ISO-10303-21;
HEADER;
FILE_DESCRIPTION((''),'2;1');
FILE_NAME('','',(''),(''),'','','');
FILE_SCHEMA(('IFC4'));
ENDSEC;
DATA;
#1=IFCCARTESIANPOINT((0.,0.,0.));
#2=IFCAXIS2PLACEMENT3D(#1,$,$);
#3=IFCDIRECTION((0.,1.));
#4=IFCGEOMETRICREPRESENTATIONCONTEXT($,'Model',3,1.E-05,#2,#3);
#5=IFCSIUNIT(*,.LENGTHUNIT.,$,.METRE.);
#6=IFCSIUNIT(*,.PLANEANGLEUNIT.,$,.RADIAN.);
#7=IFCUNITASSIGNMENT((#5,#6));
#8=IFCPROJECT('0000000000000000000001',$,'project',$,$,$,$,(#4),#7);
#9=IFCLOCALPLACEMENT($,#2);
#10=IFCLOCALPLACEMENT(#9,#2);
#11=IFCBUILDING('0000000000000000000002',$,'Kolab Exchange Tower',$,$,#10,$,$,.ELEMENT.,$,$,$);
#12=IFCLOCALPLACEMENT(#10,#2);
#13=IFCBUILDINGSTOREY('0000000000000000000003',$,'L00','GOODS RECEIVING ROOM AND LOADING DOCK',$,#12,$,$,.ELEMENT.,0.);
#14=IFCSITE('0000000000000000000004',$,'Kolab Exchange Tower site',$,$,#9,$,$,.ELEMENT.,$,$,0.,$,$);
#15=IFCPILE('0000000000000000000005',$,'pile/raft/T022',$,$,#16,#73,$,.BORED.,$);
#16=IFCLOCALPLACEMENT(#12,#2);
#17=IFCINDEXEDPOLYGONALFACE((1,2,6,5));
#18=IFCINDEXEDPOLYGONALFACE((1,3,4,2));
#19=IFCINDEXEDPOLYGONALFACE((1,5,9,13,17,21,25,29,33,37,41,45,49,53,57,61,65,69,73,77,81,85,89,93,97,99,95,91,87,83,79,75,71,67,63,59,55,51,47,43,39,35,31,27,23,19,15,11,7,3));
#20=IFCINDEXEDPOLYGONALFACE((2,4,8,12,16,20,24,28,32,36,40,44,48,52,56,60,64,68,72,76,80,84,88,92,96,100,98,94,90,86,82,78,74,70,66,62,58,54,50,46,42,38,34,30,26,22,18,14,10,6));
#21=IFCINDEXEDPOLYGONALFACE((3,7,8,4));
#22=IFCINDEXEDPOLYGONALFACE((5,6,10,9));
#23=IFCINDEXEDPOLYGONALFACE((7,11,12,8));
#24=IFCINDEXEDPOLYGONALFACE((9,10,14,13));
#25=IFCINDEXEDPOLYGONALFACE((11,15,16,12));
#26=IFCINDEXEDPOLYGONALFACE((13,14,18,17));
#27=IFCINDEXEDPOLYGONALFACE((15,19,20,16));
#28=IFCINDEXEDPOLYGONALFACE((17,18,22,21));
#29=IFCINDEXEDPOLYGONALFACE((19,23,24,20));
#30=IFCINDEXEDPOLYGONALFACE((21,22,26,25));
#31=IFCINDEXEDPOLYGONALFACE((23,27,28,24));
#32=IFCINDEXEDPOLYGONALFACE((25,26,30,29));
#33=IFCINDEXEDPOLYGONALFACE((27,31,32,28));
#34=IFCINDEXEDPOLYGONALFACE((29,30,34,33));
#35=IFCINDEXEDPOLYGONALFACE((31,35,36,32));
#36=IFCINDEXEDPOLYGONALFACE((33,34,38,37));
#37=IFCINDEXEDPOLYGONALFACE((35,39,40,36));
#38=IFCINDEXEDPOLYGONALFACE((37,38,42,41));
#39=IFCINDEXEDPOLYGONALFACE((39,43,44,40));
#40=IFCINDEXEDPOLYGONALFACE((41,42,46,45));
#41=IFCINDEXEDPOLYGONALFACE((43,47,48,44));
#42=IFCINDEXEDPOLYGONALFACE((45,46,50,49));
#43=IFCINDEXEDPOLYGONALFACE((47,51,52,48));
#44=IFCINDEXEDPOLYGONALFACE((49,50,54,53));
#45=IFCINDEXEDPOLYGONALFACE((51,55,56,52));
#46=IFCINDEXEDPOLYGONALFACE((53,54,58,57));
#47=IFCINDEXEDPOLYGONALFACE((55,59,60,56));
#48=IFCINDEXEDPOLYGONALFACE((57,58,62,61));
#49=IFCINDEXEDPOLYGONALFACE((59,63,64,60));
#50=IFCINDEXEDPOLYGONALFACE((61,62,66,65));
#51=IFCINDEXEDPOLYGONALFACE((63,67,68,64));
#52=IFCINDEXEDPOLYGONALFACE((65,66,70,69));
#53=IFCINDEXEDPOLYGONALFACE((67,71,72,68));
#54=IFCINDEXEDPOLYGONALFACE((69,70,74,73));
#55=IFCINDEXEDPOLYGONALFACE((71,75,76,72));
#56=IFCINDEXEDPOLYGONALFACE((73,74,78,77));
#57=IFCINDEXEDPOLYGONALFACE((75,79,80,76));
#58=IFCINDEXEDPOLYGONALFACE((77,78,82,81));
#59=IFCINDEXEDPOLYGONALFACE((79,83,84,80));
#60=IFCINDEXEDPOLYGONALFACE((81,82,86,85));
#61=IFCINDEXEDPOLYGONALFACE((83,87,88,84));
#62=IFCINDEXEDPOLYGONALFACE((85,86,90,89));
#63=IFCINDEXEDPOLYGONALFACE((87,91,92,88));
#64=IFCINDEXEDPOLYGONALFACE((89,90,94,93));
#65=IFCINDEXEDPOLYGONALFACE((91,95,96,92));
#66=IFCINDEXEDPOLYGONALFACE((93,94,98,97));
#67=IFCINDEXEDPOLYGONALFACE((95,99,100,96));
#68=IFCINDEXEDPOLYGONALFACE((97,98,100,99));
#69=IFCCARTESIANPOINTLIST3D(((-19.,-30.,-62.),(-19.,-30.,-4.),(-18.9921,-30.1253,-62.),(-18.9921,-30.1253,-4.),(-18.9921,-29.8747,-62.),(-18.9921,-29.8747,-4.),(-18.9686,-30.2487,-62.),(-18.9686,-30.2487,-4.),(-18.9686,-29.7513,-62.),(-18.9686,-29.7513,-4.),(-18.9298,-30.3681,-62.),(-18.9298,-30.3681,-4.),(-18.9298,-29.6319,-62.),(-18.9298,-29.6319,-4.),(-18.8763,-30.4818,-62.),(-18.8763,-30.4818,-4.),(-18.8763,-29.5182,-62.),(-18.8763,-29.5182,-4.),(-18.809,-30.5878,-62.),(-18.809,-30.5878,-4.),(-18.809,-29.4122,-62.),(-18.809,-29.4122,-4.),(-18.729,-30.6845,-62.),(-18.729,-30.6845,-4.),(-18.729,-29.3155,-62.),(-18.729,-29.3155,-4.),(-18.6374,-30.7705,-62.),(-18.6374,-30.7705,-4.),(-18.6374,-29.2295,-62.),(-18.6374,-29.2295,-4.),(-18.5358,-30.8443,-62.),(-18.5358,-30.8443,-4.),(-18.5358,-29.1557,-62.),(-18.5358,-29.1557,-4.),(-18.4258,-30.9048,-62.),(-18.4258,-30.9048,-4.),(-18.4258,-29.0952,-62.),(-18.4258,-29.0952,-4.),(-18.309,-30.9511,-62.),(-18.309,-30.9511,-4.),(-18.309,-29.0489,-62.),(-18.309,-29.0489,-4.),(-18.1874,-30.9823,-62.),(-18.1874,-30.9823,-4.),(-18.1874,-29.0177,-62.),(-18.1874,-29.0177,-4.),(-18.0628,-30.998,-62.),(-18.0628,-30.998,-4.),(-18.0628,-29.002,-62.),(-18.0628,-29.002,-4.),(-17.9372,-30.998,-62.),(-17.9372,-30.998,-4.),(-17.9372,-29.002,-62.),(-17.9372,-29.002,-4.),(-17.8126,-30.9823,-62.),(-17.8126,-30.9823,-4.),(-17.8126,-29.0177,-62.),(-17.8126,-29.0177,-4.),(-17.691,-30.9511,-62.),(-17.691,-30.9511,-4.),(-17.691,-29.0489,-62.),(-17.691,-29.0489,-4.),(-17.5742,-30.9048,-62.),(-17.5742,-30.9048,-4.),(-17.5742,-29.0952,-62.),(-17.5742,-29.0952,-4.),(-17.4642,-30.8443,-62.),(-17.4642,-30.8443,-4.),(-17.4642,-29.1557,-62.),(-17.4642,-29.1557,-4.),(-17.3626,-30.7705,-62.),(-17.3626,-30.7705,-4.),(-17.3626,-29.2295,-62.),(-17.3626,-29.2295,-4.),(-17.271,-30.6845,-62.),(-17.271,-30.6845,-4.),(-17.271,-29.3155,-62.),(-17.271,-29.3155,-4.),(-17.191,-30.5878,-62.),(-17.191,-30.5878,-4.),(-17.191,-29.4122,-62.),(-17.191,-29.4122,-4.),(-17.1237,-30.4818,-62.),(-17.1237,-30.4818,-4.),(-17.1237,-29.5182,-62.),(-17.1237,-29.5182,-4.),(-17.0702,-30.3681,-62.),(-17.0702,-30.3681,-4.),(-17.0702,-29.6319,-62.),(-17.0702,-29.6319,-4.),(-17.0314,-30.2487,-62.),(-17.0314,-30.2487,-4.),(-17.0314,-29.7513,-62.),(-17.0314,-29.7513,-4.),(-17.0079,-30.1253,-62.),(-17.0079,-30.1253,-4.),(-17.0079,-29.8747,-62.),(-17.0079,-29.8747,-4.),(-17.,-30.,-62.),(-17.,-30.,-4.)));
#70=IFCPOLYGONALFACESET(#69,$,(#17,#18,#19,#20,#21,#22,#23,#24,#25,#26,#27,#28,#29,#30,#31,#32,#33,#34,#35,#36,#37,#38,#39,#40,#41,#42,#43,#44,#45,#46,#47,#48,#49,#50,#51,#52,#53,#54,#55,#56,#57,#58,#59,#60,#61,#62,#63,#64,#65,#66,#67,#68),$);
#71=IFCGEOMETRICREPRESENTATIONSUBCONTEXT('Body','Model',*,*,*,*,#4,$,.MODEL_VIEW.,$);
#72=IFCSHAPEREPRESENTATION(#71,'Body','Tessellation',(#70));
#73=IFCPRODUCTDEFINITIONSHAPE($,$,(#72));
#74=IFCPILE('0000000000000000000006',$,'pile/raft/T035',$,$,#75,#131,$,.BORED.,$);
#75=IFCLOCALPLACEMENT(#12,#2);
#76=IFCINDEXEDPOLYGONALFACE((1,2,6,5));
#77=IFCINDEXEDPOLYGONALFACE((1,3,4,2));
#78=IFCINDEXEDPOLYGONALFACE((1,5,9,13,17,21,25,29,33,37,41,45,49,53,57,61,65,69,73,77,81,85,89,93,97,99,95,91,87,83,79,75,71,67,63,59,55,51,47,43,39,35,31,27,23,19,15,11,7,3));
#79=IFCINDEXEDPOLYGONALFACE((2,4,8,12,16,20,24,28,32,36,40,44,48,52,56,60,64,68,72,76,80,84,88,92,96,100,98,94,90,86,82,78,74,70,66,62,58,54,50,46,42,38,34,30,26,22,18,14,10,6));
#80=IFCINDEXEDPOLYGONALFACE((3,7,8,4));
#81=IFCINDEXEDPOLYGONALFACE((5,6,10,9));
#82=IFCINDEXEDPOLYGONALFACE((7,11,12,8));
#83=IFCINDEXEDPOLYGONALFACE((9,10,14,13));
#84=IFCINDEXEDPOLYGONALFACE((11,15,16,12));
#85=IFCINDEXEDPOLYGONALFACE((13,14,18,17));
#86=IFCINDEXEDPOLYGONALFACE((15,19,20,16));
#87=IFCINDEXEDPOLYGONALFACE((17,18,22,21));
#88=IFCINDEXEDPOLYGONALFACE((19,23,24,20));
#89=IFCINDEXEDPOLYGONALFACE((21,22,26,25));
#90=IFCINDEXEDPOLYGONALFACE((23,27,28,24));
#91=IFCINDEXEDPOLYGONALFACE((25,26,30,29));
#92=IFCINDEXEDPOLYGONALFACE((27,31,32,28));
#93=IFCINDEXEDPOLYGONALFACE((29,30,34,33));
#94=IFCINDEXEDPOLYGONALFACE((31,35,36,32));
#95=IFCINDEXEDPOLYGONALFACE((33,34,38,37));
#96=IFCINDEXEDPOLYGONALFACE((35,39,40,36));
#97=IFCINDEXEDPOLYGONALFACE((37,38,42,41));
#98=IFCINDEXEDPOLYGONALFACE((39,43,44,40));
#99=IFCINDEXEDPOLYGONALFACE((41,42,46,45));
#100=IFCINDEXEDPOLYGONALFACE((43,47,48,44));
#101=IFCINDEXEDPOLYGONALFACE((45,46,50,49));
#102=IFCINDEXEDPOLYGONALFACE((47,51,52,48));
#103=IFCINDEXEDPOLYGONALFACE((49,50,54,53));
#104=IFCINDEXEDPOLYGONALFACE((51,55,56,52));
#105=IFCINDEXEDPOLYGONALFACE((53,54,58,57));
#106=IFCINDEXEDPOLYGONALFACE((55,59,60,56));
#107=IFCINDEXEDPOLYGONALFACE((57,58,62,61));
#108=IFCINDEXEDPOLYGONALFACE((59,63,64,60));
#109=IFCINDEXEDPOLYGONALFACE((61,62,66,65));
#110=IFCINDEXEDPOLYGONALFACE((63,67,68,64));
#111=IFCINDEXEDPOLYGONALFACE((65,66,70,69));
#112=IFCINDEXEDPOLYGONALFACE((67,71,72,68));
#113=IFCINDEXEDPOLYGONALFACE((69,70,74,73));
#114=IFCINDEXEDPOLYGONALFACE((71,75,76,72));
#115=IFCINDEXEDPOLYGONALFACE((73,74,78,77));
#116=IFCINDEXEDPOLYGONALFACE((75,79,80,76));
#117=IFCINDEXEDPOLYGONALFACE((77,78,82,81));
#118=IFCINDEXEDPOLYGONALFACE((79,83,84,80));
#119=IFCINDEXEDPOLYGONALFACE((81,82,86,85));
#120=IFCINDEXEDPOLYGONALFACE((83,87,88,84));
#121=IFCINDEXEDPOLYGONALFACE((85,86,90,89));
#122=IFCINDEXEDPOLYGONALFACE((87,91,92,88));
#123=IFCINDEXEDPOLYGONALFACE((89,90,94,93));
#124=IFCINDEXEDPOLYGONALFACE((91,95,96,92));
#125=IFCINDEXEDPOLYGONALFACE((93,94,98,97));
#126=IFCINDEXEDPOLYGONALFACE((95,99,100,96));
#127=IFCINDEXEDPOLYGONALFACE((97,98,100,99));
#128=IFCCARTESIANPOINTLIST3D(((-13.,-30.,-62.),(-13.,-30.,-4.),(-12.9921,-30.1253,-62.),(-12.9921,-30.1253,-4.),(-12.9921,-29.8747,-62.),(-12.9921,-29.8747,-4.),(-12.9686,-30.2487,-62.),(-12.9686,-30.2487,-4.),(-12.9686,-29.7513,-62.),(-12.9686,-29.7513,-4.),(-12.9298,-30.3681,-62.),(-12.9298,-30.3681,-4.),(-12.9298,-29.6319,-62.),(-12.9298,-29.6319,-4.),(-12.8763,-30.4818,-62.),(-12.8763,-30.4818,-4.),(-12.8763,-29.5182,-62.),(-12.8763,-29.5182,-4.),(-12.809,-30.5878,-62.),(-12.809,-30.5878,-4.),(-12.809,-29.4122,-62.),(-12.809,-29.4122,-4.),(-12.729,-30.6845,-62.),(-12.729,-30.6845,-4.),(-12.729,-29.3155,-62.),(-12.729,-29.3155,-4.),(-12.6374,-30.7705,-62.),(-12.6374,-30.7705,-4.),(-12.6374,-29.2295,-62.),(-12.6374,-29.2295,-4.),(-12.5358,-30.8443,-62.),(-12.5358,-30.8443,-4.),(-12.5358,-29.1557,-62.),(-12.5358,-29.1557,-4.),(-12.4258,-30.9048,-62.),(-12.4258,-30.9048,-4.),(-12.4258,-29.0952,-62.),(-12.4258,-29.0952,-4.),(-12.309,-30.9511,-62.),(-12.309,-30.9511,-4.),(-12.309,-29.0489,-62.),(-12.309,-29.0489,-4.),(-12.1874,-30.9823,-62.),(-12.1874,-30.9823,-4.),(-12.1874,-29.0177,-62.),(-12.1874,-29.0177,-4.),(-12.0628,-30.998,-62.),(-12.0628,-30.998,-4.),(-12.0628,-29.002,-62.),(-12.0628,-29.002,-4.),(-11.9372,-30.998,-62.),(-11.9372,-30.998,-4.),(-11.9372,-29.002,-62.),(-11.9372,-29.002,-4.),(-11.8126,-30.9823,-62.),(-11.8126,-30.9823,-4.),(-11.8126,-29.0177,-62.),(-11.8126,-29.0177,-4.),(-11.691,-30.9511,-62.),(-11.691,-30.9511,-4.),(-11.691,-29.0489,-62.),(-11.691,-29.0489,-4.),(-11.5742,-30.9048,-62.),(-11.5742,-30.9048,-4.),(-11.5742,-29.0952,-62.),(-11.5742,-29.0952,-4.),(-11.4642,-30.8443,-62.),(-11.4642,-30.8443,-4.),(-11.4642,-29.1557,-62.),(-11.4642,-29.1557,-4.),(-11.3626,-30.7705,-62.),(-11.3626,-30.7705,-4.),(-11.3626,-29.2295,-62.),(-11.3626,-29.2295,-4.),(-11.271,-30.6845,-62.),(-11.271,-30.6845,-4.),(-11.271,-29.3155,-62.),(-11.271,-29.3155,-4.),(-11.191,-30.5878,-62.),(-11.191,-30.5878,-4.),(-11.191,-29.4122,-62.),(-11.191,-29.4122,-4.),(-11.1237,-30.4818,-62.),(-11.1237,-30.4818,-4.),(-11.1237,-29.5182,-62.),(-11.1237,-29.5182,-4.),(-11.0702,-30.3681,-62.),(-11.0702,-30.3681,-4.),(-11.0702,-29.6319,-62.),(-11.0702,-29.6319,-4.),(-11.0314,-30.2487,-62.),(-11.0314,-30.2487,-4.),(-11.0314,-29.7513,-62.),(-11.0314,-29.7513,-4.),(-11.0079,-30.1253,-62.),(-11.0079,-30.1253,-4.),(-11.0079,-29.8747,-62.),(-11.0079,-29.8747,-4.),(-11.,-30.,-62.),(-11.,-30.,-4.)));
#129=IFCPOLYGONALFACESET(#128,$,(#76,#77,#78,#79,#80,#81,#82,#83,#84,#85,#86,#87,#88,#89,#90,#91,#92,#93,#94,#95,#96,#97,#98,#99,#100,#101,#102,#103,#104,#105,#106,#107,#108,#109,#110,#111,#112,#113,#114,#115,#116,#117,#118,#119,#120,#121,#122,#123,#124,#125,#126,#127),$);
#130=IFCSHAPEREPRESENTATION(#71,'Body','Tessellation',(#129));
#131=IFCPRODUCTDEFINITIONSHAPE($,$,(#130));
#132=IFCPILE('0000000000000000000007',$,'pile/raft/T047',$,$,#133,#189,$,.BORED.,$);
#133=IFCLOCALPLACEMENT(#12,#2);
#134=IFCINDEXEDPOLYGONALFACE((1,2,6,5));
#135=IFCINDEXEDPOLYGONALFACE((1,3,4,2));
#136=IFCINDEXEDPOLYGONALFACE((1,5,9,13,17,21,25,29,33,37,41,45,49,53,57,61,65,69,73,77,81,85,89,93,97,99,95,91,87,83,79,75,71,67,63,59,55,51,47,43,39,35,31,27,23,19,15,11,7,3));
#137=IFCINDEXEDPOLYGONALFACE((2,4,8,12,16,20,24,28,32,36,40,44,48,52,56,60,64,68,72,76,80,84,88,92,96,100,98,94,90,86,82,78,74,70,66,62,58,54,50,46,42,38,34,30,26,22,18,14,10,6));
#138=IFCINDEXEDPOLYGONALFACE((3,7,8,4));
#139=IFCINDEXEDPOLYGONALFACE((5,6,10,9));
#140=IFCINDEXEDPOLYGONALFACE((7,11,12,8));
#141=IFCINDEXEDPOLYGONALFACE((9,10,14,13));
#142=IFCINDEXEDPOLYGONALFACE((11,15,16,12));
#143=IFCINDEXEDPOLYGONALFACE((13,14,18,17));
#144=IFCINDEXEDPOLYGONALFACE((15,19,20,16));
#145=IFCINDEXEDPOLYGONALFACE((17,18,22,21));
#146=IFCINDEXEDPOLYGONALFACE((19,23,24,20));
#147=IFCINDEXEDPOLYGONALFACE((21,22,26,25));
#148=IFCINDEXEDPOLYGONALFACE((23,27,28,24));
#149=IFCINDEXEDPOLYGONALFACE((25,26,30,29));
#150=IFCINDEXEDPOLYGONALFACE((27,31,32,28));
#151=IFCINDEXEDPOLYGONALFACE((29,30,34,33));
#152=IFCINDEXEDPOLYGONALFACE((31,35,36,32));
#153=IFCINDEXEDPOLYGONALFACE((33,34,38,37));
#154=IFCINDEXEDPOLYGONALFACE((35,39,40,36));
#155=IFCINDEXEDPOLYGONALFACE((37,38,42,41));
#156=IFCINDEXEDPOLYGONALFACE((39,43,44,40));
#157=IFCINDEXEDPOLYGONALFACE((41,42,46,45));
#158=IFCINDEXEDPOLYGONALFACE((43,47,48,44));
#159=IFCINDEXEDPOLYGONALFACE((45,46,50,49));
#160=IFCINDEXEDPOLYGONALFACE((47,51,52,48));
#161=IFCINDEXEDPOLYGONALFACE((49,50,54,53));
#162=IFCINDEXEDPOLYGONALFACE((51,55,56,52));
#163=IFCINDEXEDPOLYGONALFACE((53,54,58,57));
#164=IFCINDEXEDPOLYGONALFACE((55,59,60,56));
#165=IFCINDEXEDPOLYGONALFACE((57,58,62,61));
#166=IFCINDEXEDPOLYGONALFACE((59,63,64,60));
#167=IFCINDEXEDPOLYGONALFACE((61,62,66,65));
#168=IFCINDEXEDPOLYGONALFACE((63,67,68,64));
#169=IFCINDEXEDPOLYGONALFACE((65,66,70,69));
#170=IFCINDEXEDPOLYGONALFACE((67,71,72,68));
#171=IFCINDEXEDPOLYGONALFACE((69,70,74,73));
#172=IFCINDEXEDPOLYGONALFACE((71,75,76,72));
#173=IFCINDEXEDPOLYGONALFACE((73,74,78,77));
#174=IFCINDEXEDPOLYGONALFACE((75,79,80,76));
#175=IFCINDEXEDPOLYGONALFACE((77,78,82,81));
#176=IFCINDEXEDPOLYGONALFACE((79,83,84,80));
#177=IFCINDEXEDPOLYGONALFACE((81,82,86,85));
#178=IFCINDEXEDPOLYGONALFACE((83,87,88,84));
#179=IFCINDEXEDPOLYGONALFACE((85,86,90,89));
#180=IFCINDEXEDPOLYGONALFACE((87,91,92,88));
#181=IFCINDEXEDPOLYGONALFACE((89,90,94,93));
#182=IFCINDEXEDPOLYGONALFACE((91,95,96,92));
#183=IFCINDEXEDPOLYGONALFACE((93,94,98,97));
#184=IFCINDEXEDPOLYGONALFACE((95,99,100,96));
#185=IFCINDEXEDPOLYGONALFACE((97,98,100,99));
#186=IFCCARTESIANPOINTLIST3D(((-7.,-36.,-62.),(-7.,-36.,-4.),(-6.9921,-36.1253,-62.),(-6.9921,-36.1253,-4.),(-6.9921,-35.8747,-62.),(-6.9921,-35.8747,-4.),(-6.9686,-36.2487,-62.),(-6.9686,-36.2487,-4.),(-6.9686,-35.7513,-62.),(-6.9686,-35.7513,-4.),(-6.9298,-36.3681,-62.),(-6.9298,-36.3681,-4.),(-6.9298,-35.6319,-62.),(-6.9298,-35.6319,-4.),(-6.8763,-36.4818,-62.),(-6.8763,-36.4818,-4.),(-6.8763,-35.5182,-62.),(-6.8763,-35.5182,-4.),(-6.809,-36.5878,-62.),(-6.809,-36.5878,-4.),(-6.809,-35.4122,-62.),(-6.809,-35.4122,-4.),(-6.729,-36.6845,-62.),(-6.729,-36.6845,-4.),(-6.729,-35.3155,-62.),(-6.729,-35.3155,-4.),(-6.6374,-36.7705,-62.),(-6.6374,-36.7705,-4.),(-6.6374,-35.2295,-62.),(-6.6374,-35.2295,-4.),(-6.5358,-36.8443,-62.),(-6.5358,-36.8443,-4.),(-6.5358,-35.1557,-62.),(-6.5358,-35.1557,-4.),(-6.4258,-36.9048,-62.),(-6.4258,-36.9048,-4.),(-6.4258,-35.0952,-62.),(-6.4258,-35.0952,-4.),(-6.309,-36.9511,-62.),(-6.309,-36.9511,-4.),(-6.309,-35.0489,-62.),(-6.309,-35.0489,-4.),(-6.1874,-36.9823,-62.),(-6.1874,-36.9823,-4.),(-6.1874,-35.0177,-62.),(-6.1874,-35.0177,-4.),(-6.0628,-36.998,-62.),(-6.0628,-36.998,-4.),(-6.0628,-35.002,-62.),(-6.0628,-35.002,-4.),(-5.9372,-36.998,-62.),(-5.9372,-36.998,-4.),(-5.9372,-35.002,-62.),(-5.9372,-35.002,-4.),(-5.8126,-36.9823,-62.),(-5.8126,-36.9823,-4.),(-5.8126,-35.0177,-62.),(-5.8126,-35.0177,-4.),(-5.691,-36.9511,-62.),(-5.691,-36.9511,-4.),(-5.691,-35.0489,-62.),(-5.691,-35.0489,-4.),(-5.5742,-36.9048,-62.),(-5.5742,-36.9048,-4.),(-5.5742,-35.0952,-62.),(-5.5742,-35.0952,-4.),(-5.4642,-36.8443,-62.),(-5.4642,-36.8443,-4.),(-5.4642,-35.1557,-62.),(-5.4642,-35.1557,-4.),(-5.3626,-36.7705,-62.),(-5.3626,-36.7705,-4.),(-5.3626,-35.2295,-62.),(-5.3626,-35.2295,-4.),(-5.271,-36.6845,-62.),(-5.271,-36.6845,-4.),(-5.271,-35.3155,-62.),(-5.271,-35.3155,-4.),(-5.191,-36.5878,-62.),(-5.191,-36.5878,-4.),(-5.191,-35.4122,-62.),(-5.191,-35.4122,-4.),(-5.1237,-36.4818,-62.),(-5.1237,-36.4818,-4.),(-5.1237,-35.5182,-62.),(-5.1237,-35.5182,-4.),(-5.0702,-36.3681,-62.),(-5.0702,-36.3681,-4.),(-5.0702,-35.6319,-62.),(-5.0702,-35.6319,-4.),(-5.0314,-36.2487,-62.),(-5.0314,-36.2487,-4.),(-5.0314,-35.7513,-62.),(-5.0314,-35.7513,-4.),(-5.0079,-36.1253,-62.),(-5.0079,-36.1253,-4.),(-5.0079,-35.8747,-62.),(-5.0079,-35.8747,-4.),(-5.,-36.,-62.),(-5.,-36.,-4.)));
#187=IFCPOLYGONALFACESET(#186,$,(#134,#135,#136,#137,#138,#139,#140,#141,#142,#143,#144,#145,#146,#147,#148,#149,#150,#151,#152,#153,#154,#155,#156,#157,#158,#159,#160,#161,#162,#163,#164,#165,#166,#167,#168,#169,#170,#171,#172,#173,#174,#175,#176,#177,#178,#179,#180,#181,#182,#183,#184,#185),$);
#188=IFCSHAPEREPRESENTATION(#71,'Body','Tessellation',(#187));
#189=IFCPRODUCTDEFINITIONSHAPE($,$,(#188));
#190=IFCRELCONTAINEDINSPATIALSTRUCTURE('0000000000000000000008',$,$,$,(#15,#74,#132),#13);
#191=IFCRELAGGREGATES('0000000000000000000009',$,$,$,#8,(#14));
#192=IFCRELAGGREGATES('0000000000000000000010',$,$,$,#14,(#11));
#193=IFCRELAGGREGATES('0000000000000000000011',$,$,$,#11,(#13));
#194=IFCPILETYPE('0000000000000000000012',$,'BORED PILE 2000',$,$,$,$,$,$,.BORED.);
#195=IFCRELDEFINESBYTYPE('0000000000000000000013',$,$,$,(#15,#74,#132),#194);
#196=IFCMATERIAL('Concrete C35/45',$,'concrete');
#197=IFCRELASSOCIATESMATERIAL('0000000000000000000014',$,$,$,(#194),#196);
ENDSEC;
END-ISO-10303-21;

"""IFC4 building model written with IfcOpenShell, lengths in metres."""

from ifc_helpers import new_model, si_unit, direction, frame, origin, origin_2d, place, context, subcontext, project, spatial, circle, extrude, material, material_profile, profile_set, type_object, element, save


model = new_model("IFC4")

# Units and contexts
model_context = context("Model", 3, precision=1e-05, world=origin(), true_north=direction((0.0, 1.0)))
body_context = subcontext(model_context, "Body", "Model", "MODEL_VIEW")
ifc_project = project(units=[si_unit("LENGTHUNIT", "METRE"), si_unit("PLANEANGLEUNIT", "RADIAN")], contexts=[model_context])

# Site, building, storey
site_placement = place(None, origin())
site = spatial("IfcSite", under=ifc_project, at=site_placement, Name="Kolab Exchange Tower site", CompositionType="ELEMENT", RefElevation=0.0)
building_placement = place(site_placement, origin())
building = spatial("IfcBuilding", under=site, at=building_placement, Name="Kolab Exchange Tower", CompositionType="ELEMENT")
storey_placement = place(building_placement, origin())
storey = spatial("IfcBuildingStorey", under=building, at=storey_placement, Name="L00", Description="GOODS RECEIVING ROOM AND LOADING DOCK", CompositionType="ELEMENT", Elevation=0.0)

# Piles
ifc_material_1 = material(Name="Concrete C35/45", Category="concrete")
ifc_material_profile_1 = material_profile(ifc_material_1, circle(Radius=1.0, at=origin_2d()), Name="BP2000")
ifc_profile_set_1 = profile_set([ifc_material_profile_1], Name="Concrete C35/45")
pile_type = type_object("IfcPileType", Name="BORED PILE 2000", PredefinedType="BORED", material=ifc_profile_set_1)
for number, where, z_axis, x_axis, name in (
    (1, (-18.0, -30.0, -4.0), (0.0, 0.0, -1.0), (1.0, 0.0, 0.0), "pile/raft/T022"),
    (2, (-12.0, -30.0, -4.0), (0.0, 0.0, -1.0), (1.0, 0.0, 0.0), "pile/raft/T035"),
    (3, (-6.0, -36.0, -4.0), (0.0, 0.0, -1.0), (1.0, 0.0, 0.0), "pile/raft/T047"),
):
    element("IfcPile", number, at=place(storey_placement, frame(where, z_axis=z_axis, x_axis=x_axis)), inside=storey, type_object=pile_type, Name=name, PredefinedType="BORED", context=body_context, shape_type="SweptSolid", body=[
        extrude(circle(Radius=1.0, at=origin_2d()), origin(), (0.0, 0.0, 1.0), 58.0),
    ])

save(model, "model.ifc")
